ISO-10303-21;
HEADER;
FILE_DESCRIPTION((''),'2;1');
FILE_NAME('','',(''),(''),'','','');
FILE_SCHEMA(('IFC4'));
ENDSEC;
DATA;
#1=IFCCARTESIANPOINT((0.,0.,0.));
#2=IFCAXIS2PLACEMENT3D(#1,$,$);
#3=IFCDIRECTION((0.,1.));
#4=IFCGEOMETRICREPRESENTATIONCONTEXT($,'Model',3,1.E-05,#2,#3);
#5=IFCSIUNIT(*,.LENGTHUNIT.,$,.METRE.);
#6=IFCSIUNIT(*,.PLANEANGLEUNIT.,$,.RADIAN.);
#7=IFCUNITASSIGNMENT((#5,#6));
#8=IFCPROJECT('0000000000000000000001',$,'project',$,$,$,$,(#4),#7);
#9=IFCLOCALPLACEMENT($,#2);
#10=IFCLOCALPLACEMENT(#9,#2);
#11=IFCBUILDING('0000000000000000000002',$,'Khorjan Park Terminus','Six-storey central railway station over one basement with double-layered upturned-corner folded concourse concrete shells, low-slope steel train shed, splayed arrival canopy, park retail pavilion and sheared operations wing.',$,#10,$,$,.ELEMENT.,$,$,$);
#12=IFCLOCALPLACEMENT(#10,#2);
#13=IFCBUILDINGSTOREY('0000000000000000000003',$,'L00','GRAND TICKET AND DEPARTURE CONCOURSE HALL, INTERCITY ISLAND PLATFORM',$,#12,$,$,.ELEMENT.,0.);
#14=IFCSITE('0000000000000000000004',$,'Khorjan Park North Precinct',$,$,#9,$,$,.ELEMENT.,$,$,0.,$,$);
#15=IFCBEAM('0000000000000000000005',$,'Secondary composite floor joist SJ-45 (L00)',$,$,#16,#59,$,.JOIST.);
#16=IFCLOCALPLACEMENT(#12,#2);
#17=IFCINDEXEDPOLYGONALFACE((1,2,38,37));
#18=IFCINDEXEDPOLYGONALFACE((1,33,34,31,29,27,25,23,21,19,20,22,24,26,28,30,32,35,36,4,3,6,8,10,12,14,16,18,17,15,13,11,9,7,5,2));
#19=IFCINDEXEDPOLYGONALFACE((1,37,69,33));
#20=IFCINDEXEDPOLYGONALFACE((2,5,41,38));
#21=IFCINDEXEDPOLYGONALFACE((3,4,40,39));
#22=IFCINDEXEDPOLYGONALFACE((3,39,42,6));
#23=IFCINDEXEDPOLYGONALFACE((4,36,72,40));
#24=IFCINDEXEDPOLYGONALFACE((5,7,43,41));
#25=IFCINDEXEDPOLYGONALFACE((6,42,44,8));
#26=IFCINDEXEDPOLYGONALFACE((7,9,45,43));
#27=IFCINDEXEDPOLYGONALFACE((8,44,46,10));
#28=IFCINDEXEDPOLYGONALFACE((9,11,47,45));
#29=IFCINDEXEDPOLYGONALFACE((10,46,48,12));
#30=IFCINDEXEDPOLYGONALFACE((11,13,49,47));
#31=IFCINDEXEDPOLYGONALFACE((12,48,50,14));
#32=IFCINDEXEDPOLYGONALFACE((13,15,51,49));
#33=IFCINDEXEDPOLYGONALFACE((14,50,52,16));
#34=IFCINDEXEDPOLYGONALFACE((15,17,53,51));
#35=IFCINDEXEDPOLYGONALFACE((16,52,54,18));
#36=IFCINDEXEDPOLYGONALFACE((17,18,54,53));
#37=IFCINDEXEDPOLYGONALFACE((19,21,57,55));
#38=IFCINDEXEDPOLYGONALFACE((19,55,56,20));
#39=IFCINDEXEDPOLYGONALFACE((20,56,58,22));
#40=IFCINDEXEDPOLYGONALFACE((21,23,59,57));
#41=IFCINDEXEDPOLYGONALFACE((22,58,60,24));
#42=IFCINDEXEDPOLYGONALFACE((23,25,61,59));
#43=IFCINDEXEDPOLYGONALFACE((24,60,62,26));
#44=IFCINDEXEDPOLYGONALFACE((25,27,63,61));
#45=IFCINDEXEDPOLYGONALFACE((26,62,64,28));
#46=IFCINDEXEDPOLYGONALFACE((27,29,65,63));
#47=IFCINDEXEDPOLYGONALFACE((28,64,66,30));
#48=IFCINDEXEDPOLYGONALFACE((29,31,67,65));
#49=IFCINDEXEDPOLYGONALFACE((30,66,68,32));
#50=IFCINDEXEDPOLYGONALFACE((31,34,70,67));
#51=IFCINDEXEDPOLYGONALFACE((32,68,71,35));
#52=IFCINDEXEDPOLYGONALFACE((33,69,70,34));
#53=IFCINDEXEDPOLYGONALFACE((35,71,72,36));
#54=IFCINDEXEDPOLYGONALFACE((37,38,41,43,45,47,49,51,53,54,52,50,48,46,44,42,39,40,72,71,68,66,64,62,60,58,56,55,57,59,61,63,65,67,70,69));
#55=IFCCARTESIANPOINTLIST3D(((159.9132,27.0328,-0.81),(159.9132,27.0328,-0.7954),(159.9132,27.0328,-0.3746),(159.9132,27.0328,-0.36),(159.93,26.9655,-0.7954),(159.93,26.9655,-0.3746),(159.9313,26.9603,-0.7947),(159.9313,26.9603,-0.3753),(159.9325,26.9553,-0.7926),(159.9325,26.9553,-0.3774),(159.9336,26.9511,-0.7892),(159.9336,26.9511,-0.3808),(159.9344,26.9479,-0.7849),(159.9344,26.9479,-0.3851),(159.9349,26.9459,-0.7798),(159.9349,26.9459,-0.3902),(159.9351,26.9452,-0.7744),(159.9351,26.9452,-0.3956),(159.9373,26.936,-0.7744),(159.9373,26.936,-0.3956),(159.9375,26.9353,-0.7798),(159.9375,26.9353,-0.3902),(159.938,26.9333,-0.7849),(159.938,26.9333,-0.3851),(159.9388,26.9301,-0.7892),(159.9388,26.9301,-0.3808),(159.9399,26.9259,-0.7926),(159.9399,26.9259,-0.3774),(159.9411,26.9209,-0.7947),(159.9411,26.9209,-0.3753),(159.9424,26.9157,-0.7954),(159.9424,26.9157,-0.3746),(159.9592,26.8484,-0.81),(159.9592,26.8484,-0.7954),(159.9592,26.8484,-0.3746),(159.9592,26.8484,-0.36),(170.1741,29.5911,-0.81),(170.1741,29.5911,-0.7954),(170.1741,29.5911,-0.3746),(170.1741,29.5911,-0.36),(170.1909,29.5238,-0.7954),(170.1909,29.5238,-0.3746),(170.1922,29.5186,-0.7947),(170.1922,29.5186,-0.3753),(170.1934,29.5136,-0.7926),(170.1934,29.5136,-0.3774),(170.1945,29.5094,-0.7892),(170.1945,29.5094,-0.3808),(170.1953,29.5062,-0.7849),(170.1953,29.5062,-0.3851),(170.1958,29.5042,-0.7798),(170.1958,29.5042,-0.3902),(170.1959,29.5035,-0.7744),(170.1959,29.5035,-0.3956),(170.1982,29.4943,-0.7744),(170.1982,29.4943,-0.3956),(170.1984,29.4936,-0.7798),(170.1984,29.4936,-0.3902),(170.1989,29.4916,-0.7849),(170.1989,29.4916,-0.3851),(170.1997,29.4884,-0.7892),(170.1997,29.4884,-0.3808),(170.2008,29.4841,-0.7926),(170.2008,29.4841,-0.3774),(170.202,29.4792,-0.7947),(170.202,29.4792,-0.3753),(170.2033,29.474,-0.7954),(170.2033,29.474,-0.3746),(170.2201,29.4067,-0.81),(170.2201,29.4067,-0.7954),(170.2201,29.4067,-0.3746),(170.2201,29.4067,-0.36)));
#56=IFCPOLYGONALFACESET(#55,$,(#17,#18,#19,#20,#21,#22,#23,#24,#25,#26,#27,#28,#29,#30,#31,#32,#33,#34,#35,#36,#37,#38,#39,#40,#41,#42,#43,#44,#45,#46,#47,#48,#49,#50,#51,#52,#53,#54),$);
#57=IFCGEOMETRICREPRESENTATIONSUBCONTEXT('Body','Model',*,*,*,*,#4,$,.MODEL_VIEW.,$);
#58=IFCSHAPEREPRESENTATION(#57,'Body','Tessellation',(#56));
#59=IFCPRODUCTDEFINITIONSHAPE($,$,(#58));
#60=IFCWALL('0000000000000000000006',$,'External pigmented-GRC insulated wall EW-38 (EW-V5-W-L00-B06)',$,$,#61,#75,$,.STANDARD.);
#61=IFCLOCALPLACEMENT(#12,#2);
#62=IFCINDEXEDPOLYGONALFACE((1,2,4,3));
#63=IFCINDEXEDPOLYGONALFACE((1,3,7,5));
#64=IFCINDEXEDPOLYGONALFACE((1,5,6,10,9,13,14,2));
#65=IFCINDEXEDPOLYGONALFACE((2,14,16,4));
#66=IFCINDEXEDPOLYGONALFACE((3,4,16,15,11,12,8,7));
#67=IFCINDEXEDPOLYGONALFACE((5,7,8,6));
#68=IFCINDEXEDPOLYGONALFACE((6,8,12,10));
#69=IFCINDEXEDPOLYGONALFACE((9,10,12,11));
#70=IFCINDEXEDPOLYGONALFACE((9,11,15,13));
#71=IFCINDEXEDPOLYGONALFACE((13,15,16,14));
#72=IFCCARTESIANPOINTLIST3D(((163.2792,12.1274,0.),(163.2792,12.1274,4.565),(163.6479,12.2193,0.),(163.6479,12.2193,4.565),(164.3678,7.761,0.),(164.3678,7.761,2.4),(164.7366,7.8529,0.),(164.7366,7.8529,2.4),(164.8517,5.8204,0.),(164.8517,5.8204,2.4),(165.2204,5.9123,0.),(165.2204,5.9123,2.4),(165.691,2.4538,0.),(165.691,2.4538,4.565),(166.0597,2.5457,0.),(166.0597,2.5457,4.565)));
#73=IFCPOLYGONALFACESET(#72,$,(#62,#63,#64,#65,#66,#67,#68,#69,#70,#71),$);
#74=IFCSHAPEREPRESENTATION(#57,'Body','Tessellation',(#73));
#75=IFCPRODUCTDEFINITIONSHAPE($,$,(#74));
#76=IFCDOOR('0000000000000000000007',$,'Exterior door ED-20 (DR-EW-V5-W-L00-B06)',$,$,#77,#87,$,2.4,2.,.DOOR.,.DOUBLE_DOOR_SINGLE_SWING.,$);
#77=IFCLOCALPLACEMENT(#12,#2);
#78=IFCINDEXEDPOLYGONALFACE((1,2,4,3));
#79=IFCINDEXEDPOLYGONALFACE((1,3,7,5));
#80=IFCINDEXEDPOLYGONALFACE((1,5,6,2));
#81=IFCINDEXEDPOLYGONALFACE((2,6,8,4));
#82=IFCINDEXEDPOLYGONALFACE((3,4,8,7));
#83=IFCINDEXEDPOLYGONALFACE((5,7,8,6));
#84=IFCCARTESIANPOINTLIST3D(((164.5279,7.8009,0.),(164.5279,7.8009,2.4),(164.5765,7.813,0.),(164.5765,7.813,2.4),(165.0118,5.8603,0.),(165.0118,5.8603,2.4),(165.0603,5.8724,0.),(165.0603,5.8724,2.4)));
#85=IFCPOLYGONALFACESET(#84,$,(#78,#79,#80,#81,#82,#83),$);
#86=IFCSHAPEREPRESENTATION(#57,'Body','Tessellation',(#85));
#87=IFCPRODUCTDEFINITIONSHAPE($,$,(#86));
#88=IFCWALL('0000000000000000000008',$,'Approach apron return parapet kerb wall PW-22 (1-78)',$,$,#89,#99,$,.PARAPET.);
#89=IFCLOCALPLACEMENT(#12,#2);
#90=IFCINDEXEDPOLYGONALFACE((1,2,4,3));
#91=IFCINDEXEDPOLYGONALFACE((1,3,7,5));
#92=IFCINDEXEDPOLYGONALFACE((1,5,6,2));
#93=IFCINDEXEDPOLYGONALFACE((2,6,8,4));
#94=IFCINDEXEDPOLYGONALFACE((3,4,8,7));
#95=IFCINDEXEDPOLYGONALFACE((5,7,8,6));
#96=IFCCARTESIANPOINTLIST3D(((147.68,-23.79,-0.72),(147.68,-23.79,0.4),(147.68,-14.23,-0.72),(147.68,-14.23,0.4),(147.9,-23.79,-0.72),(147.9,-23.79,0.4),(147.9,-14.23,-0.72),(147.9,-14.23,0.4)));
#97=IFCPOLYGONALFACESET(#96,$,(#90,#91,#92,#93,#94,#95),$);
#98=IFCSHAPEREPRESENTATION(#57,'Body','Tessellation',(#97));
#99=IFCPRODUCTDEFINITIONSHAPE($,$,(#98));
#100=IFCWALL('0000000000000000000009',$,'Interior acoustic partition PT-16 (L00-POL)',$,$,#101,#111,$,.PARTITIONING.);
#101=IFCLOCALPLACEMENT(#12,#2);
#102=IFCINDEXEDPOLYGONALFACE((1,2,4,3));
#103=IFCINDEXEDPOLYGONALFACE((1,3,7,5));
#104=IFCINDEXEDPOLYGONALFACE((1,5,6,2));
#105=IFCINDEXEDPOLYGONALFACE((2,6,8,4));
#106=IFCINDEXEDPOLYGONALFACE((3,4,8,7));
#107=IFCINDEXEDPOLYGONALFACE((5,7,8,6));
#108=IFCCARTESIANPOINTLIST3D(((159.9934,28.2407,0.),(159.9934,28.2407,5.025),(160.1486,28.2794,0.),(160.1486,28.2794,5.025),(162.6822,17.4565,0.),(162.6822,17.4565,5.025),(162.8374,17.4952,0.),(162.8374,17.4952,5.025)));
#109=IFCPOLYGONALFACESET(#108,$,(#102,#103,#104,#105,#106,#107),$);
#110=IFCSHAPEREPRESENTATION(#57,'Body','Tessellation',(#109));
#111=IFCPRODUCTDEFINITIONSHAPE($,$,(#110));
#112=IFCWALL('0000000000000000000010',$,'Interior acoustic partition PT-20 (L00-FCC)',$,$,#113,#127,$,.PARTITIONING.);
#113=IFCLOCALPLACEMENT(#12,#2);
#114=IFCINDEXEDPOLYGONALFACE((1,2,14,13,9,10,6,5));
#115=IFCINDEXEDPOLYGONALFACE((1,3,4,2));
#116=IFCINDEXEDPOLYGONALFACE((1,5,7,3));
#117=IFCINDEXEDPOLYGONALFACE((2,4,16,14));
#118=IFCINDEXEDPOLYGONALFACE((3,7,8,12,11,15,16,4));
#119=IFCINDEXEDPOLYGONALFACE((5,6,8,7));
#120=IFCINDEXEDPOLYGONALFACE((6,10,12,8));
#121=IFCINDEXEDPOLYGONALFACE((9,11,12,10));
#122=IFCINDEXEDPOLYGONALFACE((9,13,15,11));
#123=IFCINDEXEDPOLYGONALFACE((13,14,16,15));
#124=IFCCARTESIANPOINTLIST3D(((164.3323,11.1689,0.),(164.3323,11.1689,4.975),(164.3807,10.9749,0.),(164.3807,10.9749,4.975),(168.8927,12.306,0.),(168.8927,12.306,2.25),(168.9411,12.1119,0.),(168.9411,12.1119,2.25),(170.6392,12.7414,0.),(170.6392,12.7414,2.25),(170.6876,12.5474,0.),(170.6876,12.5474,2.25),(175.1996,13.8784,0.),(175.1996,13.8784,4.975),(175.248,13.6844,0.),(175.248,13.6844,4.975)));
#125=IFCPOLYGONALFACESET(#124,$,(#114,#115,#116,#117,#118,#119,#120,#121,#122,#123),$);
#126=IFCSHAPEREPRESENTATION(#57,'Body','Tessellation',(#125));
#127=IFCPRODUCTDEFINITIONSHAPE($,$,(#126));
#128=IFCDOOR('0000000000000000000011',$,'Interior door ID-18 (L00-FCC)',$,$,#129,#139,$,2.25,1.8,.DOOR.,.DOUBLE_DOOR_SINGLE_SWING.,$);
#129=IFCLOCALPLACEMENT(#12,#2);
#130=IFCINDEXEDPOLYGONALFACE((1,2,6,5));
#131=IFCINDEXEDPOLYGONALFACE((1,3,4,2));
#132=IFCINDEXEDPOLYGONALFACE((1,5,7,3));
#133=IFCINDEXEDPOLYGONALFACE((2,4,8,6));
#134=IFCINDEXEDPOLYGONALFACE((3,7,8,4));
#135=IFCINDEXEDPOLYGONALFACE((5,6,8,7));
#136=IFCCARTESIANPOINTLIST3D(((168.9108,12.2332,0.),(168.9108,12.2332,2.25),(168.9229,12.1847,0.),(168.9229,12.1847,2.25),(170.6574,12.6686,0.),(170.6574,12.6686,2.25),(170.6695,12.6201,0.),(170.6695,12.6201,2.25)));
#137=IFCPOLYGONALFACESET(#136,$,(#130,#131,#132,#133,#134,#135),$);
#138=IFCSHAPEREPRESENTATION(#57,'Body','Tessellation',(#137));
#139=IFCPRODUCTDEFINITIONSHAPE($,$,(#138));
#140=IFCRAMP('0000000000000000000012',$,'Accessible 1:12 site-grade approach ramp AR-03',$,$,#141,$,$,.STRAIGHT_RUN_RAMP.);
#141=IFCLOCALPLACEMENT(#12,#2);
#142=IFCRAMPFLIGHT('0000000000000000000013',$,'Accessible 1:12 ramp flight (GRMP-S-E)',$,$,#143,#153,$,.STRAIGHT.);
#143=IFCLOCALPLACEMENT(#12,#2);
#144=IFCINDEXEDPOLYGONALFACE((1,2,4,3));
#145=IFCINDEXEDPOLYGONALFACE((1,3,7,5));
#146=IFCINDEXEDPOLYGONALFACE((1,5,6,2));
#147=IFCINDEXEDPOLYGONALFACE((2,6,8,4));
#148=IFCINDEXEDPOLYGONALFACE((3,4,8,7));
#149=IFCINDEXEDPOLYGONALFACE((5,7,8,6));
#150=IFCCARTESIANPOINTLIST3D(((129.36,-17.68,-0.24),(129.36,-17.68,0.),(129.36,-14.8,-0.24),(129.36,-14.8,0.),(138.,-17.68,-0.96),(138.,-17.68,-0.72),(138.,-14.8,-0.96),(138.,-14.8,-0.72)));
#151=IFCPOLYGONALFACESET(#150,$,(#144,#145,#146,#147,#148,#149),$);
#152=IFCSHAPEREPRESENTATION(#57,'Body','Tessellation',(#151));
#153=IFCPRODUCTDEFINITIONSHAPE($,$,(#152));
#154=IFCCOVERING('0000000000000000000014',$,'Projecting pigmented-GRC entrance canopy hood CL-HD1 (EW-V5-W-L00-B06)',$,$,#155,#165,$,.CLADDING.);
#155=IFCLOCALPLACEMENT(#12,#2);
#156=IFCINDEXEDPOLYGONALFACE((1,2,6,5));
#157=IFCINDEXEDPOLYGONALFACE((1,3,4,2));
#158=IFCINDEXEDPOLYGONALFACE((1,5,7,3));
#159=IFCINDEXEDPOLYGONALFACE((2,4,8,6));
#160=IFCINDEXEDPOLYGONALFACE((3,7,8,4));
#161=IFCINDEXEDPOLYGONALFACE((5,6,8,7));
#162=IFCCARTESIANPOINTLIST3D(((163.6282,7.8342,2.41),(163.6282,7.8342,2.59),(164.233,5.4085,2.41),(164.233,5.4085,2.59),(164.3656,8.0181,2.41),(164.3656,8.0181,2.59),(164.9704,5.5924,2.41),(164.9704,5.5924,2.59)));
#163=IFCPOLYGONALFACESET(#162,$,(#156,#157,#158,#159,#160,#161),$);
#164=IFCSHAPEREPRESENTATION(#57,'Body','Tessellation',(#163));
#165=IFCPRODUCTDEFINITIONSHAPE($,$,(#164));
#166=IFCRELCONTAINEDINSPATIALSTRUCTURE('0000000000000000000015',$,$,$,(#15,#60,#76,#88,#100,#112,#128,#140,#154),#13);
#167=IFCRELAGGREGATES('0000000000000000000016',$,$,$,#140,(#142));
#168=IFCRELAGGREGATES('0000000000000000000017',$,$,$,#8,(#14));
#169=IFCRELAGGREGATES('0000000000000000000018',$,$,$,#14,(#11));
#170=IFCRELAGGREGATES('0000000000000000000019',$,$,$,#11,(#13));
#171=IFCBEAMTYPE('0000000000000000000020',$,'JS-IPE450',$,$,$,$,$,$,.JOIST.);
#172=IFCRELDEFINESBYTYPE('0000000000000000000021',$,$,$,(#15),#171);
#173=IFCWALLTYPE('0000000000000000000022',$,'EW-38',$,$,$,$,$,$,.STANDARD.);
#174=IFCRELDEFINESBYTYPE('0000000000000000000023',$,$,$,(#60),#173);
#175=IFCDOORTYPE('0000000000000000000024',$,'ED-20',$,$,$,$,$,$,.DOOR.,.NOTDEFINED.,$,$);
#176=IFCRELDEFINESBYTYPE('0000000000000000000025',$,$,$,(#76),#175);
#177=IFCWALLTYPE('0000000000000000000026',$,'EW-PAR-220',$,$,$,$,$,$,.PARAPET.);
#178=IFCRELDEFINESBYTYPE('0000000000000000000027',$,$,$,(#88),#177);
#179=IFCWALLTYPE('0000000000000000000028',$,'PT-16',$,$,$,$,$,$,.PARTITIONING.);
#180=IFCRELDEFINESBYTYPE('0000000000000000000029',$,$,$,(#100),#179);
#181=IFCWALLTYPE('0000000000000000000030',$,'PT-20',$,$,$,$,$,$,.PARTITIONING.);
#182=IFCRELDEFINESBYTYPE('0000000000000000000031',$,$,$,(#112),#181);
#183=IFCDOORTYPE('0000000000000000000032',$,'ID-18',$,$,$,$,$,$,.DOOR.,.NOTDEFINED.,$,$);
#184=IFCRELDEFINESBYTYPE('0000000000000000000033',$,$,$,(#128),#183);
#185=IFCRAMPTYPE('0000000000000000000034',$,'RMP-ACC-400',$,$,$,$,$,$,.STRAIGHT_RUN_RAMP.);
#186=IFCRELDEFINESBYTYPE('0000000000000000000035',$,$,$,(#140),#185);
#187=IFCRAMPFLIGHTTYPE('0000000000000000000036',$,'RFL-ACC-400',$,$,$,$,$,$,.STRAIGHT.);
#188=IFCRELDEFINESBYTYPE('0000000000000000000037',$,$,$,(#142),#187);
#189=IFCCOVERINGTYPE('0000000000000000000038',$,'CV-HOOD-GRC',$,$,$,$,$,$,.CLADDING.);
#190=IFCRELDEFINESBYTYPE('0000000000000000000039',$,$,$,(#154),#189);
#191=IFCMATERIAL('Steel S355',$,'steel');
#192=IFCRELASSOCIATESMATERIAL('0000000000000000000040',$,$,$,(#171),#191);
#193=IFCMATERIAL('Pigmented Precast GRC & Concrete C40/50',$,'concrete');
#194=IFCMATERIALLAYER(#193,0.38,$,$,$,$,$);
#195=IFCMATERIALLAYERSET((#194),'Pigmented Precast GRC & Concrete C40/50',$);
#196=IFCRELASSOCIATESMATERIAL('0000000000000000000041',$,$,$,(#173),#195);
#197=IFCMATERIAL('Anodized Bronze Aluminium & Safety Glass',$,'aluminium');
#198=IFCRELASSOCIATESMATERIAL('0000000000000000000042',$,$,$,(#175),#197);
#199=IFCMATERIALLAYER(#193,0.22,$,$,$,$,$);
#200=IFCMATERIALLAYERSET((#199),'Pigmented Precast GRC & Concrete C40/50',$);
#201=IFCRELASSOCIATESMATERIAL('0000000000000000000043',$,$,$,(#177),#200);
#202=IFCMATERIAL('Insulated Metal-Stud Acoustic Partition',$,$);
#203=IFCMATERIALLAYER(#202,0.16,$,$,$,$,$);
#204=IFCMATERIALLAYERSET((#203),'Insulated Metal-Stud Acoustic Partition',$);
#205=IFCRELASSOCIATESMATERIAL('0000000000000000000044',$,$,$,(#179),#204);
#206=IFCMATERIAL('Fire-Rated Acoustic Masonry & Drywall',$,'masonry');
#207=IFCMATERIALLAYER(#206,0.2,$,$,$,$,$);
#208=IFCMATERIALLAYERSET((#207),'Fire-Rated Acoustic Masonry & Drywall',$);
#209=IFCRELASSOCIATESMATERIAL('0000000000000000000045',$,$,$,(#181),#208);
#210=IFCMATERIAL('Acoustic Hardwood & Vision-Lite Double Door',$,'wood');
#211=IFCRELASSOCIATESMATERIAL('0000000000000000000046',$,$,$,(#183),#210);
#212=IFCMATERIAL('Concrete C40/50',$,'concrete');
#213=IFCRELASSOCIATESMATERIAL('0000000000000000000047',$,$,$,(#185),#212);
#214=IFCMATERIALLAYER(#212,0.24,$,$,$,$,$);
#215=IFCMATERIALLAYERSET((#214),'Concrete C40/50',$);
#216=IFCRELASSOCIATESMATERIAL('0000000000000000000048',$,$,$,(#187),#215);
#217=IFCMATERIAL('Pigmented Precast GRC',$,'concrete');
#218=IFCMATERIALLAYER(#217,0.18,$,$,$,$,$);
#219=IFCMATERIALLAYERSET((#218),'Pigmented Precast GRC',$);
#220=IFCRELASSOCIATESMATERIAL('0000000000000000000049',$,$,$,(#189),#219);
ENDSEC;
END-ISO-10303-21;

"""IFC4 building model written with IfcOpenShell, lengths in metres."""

from ifc_helpers import new_model, si_unit, direction, frame, frame_2d, origin, origin_2d, place, context, subcontext, project, spatial, polyline, rectangle, i_section, outline, extrude, material, layer, layer_set, material_profile, profile_set, type_object, element, fill, aggregate, save


model = new_model("IFC4")

# Units and contexts
model_context = context("Model", 3, precision=1e-05, world=origin(), true_north=direction((0.0, 1.0)))
body_context = subcontext(model_context, "Body", "Model", "MODEL_VIEW")
ifc_project = project(units=[si_unit("LENGTHUNIT", "METRE"), si_unit("PLANEANGLEUNIT", "RADIAN")], contexts=[model_context])

# Site, building, storey
site_placement = place(None, origin())
site = spatial("IfcSite", under=ifc_project, at=site_placement, Name="Khorjan Park North Precinct", CompositionType="ELEMENT", RefElevation=0.0)
building_placement = place(site_placement, origin())
building = spatial("IfcBuilding", under=site, at=building_placement, Name="Khorjan Park Terminus", Description="Six-storey central railway station over one basement with double-layered upturned-corner folded concourse concrete shells, low-slope steel train shed, splayed arrival canopy, park retail pavilion and sheared operations wing.", CompositionType="ELEMENT")
storey_placement = place(building_placement, origin())
storey = spatial("IfcBuildingStorey", under=building, at=storey_placement, Name="L00", Description="GRAND TICKET AND DEPARTURE CONCOURSE HALL, INTERCITY ISLAND PLATFORM", CompositionType="ELEMENT", Elevation=0.0)

# Beam
ifc_material_1 = material(Name="Steel S355", Category="steel")
ifc_material_2 = material(Name="Concrete C40/50", Category="concrete")
ifc_material_profile_1 = material_profile(ifc_material_1, i_section(OverallWidth=0.19, OverallDepth=0.45, WebThickness=0.0094, FlangeThickness=0.0146, FilletRadius=0.021, at=origin_2d()), Name="IPE 450")
ifc_profile_set_1 = profile_set([ifc_material_profile_1], Name="Steel S355")
beam_type_1 = type_object("IfcBeamType", Name="JS-IPE450", PredefinedType="JOIST", material=ifc_profile_set_1)
beam_1_placement = place(storey_placement, frame((159.9362, 26.9406, -0.585), z_axis=(0.970296, 0.241919, 0.0), x_axis=(-0.241919, 0.970296, 0.0)))
element("IfcBeam", 1, at=beam_1_placement, inside=storey, type_object=beam_type_1, Name="Secondary composite floor joist SJ-45 (L00)", PredefinedType="JOIST", context=body_context, shape_type="SweptSolid", body=[
    extrude(i_section(OverallWidth=0.19, OverallDepth=0.45, WebThickness=0.0094, FlangeThickness=0.0146, FilletRadius=0.021, at=origin_2d()), origin(), (0.0, 0.0, 1.0), 10.575),
])

# Wall, opening, door
ifc_material_3 = material(Name="Pigmented Precast GRC & Concrete C40/50", Category="concrete")
ifc_layer_1 = layer(ifc_material_3, 0.38)
ifc_layer_set_1 = layer_set([ifc_layer_1], Name="Pigmented Precast GRC & Concrete C40/50")
wall_type_1 = type_object("IfcWallType", Name="EW-38", PredefinedType="STANDARD", material=ifc_layer_set_1)
wall_1_placement = place(storey_placement, frame((163.4636, 12.1733, 0.0), z_axis=(0.0, 0.0, 1.0), x_axis=(0.241913, -0.970298, 0.0)))
wall_1 = element("IfcWall", 2, at=wall_1_placement, inside=storey, type_object=wall_type_1, Name="External pigmented-GRC insulated wall EW-38 (EW-V5-W-L00-B06)", PredefinedType="STANDARD", context=body_context, shape_type="SweptSolid", body=[
    extrude(rectangle(XDim=9.9697, YDim=0.38, at=frame_2d((4.9848, 0.0))), origin(), (0.0, 0.0, 1.0), 4.565),
])
opening_1_placement = place(wall_1_placement, frame((4.5, 0.0, 0.0)))
opening_1 = element("IfcOpeningElement", 3, at=opening_1_placement, cuts=wall_1, PredefinedType="OPENING", context=body_context, shape_type="SweptSolid", body=[
    extrude(rectangle(XDim=2.0, YDim=2.4, at=frame_2d((1.0, 1.2))), frame((0.0, 0.2, 0.0), z_axis=(0.0, -1.0, 0.0), x_axis=(1.0, 0.0, 0.0)), (0.0, 0.0, 1.0), 0.4),
])
ifc_material_4 = material(Name="Anodized Bronze Aluminium & Safety Glass", Category="aluminium")
door_type_1 = type_object("IfcDoorType", Name="ED-20", OperationType="NOTDEFINED", PredefinedType="DOOR", material=ifc_material_4)
door_1_placement = place(opening_1_placement, origin())
door_1 = element("IfcDoor", 4, at=door_1_placement, inside=storey, type_object=door_type_1, Name="Exterior door ED-20 (DR-EW-V5-W-L00-B06)", OperationType="DOUBLE_DOOR_SINGLE_SWING", OverallHeight=2.4, OverallWidth=2.0, PredefinedType="DOOR", context=body_context, shape_type="SweptSolid", body=[
    extrude(rectangle(XDim=2.0, YDim=2.4, at=frame_2d((1.0, 1.2))), frame((0.0, 0.025, 0.0), z_axis=(0.0, -1.0, 0.0), x_axis=(1.0, 0.0, 0.0)), (0.0, 0.0, 1.0), 0.05),
])
fill(opening_1, door_1)

# Walls
ifc_layer_2 = layer(ifc_material_3, 0.22)
ifc_layer_set_2 = layer_set([ifc_layer_2], Name="Pigmented Precast GRC & Concrete C40/50")
wall_type_2 = type_object("IfcWallType", Name="EW-PAR-220", PredefinedType="PARAPET", material=ifc_layer_set_2)
wall_2_placement = place(storey_placement, frame((147.79, -14.23, -0.72), z_axis=(0.0, 0.0, 1.0), x_axis=(0.0, -1.0, 0.0)))
element("IfcWall", 5, at=wall_2_placement, inside=storey, type_object=wall_type_2, Name="Approach apron return parapet kerb wall PW-22 (1-78)", PredefinedType="PARAPET", context=body_context, shape_type="SweptSolid", body=[
    extrude(rectangle(XDim=9.56, YDim=0.22, at=frame_2d((4.78, 0.0))), origin(), (0.0, 0.0, 1.0), 1.12),
])
ifc_material_5 = material(Name="Insulated Metal-Stud Acoustic Partition")
ifc_layer_3 = layer(ifc_material_5, 0.16)
ifc_layer_set_3 = layer_set([ifc_layer_3], Name="Insulated Metal-Stud Acoustic Partition")
wall_type_3 = type_object("IfcWallType", Name="PT-16", PredefinedType="PARTITIONING", material=ifc_layer_set_3)
wall_3_placement = place(storey_placement, frame((162.7598, 17.4758, 0.0), z_axis=(0.0, 0.0, 1.0), x_axis=(-0.241922, 0.970296, 0.0)))
element("IfcWall", 6, at=wall_3_placement, inside=storey, type_object=wall_type_3, Name="Interior acoustic partition PT-16 (L00-POL)", PredefinedType="PARTITIONING", context=body_context, shape_type="SweptSolid", body=[
    extrude(rectangle(XDim=11.1143, YDim=0.16, at=frame_2d((5.5572, 0.0))), origin(), (0.0, 0.0, 1.0), 5.025),
])

# Wall, opening, door
ifc_material_6 = material(Name="Fire-Rated Acoustic Masonry & Drywall", Category="masonry")
ifc_layer_4 = layer(ifc_material_6, 0.2)
ifc_layer_set_4 = layer_set([ifc_layer_4], Name="Fire-Rated Acoustic Masonry & Drywall")
wall_type_4 = type_object("IfcWallType", Name="PT-20", PredefinedType="PARTITIONING", material=ifc_layer_set_4)
wall_4_placement = place(storey_placement, frame((164.3565, 11.0719, 0.0), z_axis=(0.0, 0.0, 1.0), x_axis=(0.970296, 0.24192, 0.0)))
wall_4 = element("IfcWall", 7, at=wall_4_placement, inside=storey, type_object=wall_type_4, Name="Interior acoustic partition PT-20 (L00-FCC)", PredefinedType="PARTITIONING", context=body_context, shape_type="SweptSolid", body=[
    extrude(rectangle(XDim=11.2, YDim=0.2, at=frame_2d((5.6, 0.0))), origin(), (0.0, 0.0, 1.0), 4.975),
])
opening_2_placement = place(wall_4_placement, frame((4.7, 0.0, 0.0)))
opening_2 = element("IfcOpeningElement", 8, at=opening_2_placement, cuts=wall_4, PredefinedType="OPENING", context=body_context, shape_type="SweptSolid", body=[
    extrude(rectangle(XDim=1.8, YDim=2.25, at=frame_2d((0.9, 1.125))), frame((0.0, 0.11, 0.0), z_axis=(0.0, -1.0, 0.0), x_axis=(1.0, 0.0, 0.0)), (0.0, 0.0, 1.0), 0.22),
])
ifc_material_7 = material(Name="Acoustic Hardwood & Vision-Lite Double Door", Category="wood")
door_type_2 = type_object("IfcDoorType", Name="ID-18", OperationType="NOTDEFINED", PredefinedType="DOOR", material=ifc_material_7)
door_2_placement = place(opening_2_placement, origin())
door_2 = element("IfcDoor", 9, at=door_2_placement, inside=storey, type_object=door_type_2, Name="Interior door ID-18 (L00-FCC)", OperationType="DOUBLE_DOOR_SINGLE_SWING", OverallHeight=2.25, OverallWidth=1.8, PredefinedType="DOOR", context=body_context, shape_type="SweptSolid", body=[
    extrude(rectangle(XDim=1.8, YDim=2.25, at=frame_2d((0.9, 1.125))), frame((0.0, 0.025, 0.0), z_axis=(0.0, -1.0, 0.0), x_axis=(1.0, 0.0, 0.0)), (0.0, 0.0, 1.0), 0.05),
])
fill(opening_2, door_2)

# Ramp, ramp flight
ramp_type = type_object("IfcRampType", Name="RMP-ACC-400", PredefinedType="STRAIGHT_RUN_RAMP", material=ifc_material_2)
ramp_placement = place(storey_placement, origin())
ramp = element("IfcRamp", 10, at=ramp_placement, inside=storey, type_object=ramp_type, Name="Accessible 1:12 site-grade approach ramp AR-03", PredefinedType="STRAIGHT_RUN_RAMP")
ifc_layer_5 = layer(ifc_material_2, 0.24)
ifc_layer_set_5 = layer_set([ifc_layer_5], Name="Concrete C40/50")
ramp_flight_type = type_object("IfcRampFlightType", Name="RFL-ACC-400", PredefinedType="STRAIGHT", material=ifc_layer_set_5)
ramp_flight_placement = place(storey_placement, frame((138.0, -16.24, -0.72), z_axis=(0.0, 0.0, 1.0), x_axis=(-1.0, 0.0, 0.0)))
ramp_flight = element("IfcRampFlight", 11, at=ramp_flight_placement, type_object=ramp_flight_type, Name="Accessible 1:12 ramp flight (GRMP-S-E)", PredefinedType="STRAIGHT", context=body_context, shape_type="SweptSolid", body=[
    extrude(outline(polyline([(0.0, 0.0), (8.64, 0.72), (8.64, 0.48), (0.0, -0.24), (0.0, 0.0)])), frame((0.0, 1.44, 0.0), z_axis=(0.0, -1.0, 0.0), x_axis=(1.0, 0.0, 0.0)), (0.0, 0.0, 1.0), 2.88),
])
aggregate(ramp, [ramp_flight])

# Covering
ifc_material_8 = material(Name="Pigmented Precast GRC", Category="concrete")
ifc_layer_6 = layer(ifc_material_8, 0.18)
ifc_layer_set_6 = layer_set([ifc_layer_6], Name="Pigmented Precast GRC")
covering_type = type_object("IfcCoveringType", Name="CV-HOOD-GRC", PredefinedType="CLADDING", material=ifc_layer_set_6)
covering_placement = place(storey_placement, frame((164.2993, 6.7133, 2.41), z_axis=(0.0, 0.0, 1.0), x_axis=(0.241913, -0.970298, 0.0)))
element("IfcCovering", 12, at=covering_placement, inside=storey, type_object=covering_type, Name="Projecting pigmented-GRC entrance canopy hood CL-HD1 (EW-V5-W-L00-B06)", PredefinedType="CLADDING", context=body_context, shape_type="SweptSolid", body=[
    extrude(rectangle(XDim=2.5, YDim=0.76, at=origin_2d()), origin(), (0.0, 0.0, 1.0), 0.18),
])

save(model, "model.ifc")
